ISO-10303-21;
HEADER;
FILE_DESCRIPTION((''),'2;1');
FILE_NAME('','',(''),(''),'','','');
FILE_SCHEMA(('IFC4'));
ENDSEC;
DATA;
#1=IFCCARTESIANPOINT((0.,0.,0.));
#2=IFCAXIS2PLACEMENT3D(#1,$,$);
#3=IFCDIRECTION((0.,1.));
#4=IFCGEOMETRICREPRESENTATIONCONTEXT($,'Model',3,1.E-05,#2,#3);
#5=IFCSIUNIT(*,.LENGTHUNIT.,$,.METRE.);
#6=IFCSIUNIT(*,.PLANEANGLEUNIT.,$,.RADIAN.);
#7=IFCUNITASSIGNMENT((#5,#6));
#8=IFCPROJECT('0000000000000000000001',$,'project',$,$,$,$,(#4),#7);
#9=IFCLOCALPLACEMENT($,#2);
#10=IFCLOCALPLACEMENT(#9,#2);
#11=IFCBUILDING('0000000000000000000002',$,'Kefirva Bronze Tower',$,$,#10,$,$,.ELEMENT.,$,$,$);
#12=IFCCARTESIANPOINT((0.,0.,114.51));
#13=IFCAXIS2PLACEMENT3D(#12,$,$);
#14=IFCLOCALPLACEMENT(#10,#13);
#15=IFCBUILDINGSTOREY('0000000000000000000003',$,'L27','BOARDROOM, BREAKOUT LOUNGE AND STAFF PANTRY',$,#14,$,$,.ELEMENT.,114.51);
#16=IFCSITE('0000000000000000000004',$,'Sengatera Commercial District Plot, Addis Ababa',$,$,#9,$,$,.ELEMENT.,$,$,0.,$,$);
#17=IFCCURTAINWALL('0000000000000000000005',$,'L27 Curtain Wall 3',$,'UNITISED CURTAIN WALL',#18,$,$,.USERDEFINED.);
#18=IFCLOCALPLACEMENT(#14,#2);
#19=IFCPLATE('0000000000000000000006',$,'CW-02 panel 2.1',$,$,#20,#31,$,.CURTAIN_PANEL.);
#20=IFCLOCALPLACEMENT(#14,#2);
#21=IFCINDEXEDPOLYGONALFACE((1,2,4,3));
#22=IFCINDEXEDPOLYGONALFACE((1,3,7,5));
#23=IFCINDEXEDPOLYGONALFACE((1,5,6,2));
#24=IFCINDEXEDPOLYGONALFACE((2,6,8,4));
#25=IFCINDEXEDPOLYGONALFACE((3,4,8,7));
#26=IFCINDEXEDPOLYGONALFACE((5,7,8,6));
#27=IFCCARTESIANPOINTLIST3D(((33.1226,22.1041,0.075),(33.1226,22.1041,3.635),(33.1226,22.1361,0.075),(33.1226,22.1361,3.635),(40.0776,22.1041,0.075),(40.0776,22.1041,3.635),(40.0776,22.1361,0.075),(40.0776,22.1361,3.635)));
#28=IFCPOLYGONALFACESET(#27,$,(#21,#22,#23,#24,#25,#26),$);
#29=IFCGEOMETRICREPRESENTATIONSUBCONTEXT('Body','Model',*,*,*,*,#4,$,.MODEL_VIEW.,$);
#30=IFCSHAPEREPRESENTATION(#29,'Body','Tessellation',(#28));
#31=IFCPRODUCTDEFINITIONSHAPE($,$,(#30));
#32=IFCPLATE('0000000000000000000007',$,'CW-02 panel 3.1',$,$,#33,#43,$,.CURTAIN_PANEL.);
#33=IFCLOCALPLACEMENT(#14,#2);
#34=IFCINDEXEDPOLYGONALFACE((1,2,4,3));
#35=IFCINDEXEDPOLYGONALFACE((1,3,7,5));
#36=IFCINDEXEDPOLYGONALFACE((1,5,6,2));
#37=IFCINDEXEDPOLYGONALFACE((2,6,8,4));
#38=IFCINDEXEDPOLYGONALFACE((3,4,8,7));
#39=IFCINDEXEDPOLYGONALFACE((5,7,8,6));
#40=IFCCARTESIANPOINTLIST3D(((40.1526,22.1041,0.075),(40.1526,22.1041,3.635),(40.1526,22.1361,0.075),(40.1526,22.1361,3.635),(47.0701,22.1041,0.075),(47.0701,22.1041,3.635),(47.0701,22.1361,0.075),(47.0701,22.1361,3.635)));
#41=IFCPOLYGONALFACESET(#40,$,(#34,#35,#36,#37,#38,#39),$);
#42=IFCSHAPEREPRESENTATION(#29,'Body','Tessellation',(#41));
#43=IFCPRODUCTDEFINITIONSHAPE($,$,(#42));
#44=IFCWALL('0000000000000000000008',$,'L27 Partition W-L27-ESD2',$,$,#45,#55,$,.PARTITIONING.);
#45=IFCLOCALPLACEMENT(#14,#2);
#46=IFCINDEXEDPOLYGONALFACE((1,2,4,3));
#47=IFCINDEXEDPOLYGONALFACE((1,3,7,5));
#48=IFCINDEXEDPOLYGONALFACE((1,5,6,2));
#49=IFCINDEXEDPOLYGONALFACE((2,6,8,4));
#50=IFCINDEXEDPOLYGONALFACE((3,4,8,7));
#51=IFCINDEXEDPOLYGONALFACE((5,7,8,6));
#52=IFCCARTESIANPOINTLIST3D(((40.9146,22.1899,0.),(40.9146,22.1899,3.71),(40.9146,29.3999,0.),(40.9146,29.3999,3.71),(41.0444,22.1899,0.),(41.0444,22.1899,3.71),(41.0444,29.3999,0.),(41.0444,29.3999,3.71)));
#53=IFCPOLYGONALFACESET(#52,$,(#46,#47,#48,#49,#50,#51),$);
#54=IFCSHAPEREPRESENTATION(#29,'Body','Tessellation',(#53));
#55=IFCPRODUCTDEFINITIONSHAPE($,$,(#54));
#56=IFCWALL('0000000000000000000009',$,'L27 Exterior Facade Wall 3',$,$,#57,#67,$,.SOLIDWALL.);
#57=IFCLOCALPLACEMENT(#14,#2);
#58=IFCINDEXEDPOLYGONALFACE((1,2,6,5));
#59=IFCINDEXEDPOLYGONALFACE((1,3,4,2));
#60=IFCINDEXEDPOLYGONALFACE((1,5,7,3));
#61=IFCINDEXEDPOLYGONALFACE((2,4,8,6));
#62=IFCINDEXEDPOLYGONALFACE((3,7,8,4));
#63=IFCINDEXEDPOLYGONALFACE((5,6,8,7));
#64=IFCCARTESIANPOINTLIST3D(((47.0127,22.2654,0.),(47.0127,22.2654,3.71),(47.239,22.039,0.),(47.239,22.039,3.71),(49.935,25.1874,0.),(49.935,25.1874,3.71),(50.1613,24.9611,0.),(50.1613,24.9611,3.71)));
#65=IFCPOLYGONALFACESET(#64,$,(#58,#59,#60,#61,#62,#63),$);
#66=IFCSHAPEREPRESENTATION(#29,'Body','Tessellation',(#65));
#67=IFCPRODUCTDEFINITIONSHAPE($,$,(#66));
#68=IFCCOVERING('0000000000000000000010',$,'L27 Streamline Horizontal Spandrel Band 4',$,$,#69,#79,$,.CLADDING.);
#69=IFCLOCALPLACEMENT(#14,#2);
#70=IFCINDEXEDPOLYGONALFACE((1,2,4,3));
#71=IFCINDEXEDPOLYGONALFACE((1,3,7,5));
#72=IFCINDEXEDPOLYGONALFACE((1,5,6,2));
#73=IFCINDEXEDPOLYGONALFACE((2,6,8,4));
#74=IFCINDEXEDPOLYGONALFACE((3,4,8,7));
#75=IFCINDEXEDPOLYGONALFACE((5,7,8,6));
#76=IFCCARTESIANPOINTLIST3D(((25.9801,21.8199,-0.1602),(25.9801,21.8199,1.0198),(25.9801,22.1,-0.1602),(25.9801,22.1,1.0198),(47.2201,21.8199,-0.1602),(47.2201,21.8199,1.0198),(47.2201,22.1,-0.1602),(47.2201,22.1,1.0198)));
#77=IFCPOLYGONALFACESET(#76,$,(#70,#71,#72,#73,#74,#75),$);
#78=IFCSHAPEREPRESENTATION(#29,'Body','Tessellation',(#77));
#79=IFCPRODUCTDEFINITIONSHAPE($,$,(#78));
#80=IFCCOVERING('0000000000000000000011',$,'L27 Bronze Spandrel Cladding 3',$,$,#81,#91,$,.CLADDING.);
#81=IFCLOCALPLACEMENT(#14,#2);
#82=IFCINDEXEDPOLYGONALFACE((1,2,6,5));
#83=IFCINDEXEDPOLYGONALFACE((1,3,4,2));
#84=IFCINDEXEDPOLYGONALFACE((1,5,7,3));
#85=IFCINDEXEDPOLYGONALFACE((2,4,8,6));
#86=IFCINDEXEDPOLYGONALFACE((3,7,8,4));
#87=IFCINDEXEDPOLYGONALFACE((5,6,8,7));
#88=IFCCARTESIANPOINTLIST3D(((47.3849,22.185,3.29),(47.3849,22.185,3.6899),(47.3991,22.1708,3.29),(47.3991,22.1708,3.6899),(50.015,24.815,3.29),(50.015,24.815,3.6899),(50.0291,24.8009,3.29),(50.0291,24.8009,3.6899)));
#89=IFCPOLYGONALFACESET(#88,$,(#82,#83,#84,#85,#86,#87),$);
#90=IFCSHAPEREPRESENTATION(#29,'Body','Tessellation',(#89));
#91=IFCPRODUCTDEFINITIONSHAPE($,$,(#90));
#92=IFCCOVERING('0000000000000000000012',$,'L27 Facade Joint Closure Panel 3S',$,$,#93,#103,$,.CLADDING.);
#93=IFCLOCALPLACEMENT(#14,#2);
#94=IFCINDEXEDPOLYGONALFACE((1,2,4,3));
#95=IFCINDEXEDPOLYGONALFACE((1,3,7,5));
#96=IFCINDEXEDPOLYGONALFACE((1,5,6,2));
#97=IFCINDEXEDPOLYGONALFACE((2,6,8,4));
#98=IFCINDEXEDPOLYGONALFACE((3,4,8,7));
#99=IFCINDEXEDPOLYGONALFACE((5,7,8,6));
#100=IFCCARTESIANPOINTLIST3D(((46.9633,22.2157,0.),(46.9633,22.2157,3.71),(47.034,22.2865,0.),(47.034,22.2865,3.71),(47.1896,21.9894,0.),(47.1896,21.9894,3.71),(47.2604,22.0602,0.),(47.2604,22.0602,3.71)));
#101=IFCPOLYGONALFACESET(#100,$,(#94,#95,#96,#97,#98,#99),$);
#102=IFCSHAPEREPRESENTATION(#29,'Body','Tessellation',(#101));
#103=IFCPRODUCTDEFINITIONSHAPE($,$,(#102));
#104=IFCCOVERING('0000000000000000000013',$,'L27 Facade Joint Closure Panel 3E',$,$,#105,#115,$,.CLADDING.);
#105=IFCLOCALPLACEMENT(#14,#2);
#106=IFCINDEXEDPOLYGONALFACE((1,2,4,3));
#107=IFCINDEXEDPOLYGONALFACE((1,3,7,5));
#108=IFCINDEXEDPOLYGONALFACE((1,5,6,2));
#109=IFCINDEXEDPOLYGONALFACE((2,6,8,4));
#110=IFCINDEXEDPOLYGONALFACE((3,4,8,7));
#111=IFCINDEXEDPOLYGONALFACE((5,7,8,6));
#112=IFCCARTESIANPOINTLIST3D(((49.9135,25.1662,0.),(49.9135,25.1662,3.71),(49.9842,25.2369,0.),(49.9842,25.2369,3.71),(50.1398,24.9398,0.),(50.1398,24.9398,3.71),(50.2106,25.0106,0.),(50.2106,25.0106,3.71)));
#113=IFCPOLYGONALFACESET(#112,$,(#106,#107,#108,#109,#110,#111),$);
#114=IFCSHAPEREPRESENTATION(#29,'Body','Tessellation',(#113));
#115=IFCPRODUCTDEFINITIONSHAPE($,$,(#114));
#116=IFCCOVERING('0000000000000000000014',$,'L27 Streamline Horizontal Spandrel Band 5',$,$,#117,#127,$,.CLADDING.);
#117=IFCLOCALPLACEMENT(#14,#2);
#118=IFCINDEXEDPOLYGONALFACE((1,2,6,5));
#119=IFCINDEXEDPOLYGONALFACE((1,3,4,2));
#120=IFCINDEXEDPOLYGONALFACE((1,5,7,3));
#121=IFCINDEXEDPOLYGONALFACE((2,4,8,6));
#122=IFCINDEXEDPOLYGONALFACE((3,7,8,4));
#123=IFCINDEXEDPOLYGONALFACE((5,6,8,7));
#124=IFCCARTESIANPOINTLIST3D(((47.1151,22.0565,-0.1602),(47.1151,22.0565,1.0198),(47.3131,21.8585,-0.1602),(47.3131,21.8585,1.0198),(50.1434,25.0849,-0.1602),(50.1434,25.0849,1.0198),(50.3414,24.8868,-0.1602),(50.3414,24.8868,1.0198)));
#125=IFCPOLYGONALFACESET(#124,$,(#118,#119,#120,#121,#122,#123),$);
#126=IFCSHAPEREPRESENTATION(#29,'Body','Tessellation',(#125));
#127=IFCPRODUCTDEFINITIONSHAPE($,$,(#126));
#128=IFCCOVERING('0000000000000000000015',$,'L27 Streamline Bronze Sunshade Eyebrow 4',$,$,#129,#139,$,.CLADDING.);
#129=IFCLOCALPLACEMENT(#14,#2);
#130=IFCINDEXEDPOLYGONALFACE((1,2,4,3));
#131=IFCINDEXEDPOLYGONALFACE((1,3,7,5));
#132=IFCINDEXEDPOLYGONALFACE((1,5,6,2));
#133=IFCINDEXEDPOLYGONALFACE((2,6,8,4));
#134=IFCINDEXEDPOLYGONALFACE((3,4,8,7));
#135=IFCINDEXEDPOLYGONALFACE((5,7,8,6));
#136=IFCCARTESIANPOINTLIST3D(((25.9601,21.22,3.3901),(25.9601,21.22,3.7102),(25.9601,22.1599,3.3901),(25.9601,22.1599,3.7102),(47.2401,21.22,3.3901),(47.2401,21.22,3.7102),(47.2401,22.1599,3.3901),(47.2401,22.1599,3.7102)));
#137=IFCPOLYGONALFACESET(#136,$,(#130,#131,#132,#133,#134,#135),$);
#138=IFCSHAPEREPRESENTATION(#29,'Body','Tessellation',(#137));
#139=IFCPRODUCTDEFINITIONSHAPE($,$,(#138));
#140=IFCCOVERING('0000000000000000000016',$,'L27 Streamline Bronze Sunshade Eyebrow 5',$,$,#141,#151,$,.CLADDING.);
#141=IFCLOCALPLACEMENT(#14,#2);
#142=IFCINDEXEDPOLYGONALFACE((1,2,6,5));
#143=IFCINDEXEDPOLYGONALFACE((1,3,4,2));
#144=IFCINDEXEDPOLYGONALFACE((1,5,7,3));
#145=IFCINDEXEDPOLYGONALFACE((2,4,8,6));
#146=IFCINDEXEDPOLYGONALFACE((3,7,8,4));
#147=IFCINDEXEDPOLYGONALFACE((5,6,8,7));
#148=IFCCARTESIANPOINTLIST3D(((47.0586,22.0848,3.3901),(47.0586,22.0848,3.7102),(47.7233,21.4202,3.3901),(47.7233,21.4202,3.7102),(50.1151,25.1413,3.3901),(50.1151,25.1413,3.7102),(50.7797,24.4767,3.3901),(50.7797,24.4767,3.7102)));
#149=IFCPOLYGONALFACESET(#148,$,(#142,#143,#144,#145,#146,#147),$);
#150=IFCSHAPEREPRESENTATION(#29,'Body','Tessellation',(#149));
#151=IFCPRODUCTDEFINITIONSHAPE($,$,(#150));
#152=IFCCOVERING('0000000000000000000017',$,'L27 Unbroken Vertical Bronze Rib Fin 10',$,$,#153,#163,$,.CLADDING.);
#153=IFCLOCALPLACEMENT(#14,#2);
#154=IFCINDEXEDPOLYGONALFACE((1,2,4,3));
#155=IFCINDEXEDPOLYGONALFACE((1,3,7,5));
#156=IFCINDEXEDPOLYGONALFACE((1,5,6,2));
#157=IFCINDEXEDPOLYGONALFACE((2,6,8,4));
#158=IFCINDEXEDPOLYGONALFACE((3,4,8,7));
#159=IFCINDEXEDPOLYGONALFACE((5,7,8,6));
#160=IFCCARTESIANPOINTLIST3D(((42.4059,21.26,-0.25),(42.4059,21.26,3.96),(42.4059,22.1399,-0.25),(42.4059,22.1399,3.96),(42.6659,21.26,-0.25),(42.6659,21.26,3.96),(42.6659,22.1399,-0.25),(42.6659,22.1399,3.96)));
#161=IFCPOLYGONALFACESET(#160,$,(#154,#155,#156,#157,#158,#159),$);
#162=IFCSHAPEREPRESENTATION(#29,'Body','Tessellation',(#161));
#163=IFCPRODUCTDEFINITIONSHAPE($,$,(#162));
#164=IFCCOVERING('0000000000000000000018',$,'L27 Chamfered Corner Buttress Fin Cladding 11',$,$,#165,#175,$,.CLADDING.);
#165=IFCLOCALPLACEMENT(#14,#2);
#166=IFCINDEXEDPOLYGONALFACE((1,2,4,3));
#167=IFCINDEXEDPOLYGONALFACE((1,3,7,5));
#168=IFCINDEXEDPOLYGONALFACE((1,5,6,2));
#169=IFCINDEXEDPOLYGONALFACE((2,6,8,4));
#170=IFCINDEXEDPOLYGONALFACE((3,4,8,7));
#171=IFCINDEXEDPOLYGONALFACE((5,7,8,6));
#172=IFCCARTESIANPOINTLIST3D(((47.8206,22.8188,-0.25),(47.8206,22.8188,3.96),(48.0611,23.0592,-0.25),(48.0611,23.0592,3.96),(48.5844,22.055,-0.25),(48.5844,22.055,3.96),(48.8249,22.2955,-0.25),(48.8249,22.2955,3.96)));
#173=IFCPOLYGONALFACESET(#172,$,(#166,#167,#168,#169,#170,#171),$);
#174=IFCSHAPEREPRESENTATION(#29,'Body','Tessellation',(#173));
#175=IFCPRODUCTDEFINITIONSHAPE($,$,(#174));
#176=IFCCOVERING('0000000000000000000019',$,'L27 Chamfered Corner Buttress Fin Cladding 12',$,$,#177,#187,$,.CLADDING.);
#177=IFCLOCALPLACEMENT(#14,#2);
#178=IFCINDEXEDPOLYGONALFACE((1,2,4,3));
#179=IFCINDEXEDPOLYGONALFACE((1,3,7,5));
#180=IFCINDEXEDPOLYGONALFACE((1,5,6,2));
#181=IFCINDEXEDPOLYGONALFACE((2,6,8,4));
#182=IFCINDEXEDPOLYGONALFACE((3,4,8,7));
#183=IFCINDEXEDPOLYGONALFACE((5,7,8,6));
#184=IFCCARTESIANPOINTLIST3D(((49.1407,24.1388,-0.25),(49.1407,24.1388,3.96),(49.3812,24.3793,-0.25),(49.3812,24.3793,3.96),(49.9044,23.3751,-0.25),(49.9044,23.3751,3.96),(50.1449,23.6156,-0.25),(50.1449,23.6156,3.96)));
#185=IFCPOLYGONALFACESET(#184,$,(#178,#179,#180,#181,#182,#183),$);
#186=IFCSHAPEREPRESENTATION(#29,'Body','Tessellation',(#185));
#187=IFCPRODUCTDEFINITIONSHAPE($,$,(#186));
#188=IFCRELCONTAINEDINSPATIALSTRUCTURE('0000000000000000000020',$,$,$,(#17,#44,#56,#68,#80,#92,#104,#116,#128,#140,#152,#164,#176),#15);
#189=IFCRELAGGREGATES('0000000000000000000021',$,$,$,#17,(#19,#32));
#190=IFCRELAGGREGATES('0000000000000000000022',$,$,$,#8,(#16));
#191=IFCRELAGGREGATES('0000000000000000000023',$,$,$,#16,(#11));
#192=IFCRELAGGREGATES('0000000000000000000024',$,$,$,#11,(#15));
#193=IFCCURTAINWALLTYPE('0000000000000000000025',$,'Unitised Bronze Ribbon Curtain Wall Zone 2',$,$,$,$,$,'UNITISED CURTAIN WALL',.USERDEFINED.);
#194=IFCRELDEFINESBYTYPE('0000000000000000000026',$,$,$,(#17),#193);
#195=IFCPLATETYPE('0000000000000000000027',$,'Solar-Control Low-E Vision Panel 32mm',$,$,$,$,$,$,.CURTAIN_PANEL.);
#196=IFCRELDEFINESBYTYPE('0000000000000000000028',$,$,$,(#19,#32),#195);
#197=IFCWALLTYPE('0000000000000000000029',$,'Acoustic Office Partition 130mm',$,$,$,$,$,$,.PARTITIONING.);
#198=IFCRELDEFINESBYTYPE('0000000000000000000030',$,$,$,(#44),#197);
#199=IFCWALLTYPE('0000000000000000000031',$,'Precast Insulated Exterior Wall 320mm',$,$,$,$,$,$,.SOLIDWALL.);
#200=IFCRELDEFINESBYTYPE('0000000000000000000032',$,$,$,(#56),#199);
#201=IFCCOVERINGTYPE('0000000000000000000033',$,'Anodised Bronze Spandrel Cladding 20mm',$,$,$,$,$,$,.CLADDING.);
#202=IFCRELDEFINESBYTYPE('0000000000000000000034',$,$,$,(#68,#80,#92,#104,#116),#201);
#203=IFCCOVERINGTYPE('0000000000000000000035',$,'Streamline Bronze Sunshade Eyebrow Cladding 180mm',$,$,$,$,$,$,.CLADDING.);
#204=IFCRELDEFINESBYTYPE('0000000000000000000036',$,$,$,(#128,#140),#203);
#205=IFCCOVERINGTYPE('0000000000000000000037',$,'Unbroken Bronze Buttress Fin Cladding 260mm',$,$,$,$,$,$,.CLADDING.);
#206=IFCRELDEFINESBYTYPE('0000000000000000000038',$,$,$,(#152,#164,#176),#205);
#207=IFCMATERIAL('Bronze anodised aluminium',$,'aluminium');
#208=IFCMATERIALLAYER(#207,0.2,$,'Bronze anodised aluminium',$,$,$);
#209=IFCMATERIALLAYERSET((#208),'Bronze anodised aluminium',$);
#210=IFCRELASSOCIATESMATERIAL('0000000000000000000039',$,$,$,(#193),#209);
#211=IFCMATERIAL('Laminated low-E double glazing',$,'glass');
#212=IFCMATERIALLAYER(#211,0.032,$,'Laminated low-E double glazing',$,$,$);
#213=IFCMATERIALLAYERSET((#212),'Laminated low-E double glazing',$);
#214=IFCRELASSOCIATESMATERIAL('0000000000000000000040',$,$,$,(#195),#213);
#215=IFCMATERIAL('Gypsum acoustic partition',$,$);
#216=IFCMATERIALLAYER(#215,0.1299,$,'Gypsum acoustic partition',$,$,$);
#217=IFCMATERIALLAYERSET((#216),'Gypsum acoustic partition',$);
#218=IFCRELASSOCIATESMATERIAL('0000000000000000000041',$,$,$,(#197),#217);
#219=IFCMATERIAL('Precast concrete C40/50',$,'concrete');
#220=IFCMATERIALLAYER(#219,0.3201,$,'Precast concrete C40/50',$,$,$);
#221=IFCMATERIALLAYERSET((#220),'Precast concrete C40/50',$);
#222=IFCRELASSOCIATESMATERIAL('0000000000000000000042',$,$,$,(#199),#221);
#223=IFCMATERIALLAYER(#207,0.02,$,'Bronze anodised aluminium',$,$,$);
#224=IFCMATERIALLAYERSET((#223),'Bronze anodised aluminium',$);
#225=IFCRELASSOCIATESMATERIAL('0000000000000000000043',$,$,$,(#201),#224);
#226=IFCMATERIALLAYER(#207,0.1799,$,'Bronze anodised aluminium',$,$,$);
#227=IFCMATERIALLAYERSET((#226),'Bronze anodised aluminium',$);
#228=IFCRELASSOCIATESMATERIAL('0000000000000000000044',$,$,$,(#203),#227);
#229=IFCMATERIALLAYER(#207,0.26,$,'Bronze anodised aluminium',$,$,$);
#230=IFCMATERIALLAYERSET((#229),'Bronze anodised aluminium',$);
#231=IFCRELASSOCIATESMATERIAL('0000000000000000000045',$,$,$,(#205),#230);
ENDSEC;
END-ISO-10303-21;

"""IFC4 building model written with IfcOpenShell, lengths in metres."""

from ifc_helpers import new_model, si_unit, direction, frame, frame_2d, origin, origin_2d, place, context, subcontext, project, spatial, rectangle, extrude, material, layer, layer_set, type_object, element, aggregate, save


model = new_model("IFC4")

# Units and contexts
model_context = context("Model", 3, precision=1e-05, world=origin(), true_north=direction((0.0, 1.0)))
body_context = subcontext(model_context, "Body", "Model", "MODEL_VIEW")
ifc_project = project(units=[si_unit("LENGTHUNIT", "METRE"), si_unit("PLANEANGLEUNIT", "RADIAN")], contexts=[model_context])

# Site, building, storey
site_placement = place(None, origin())
site = spatial("IfcSite", under=ifc_project, at=site_placement, Name="Sengatera Commercial District Plot, Addis Ababa", CompositionType="ELEMENT", RefElevation=0.0)
building_placement = place(site_placement, origin())
building = spatial("IfcBuilding", under=site, at=building_placement, Name="Kefirva Bronze Tower", CompositionType="ELEMENT")
storey_placement = place(building_placement, frame((0.0, 0.0, 114.51)))
storey = spatial("IfcBuildingStorey", under=building, at=storey_placement, Name="L27", Description="BOARDROOM, BREAKOUT LOUNGE AND STAFF PANTRY", CompositionType="ELEMENT", Elevation=114.51)

# Curtain wall
ifc_material_1 = material(Name="Bronze anodised aluminium", Category="aluminium")
ifc_layer_1 = layer(ifc_material_1, 0.2, Name="Bronze anodised aluminium")
ifc_layer_set_1 = layer_set([ifc_layer_1], Name="Bronze anodised aluminium")
curtain_wall_type = type_object("IfcCurtainWallType", Name="Unitised Bronze Ribbon Curtain Wall Zone 2", ElementType="UNITISED CURTAIN WALL", PredefinedType="USERDEFINED", material=ifc_layer_set_1)
curtain_wall_1_placement = place(storey_placement, origin())
curtain_wall_1 = element("IfcCurtainWall", 1, at=curtain_wall_1_placement, inside=storey, type_object=curtain_wall_type, Name="L27 Curtain Wall 3", ObjectType="UNITISED CURTAIN WALL", PredefinedType="USERDEFINED")

# Plates
ifc_material_2 = material(Name="Laminated low-E double glazing", Category="glass")
ifc_layer_2 = layer(ifc_material_2, 0.032, Name="Laminated low-E double glazing")
ifc_layer_set_2 = layer_set([ifc_layer_2], Name="Laminated low-E double glazing")
plate_type = type_object("IfcPlateType", Name="Solar-Control Low-E Vision Panel 32mm", PredefinedType="CURTAIN_PANEL", material=ifc_layer_set_2)
plate_1_placement = place(storey_placement, frame((36.6001, 22.1201, 0.075), z_axis=(0.0, 0.0, 1.0), x_axis=(1.0, 0.0, 0.0)))
plate_1 = element("IfcPlate", 2, at=plate_1_placement, type_object=plate_type, Name="CW-02 panel 2.1", PredefinedType="CURTAIN_PANEL", context=body_context, shape_type="SweptSolid", body=[
    extrude(rectangle(XDim=6.9551, YDim=0.032, at=origin_2d()), origin(), (0.0, 0.0, 1.0), 3.5601),
])
plate_2_placement = place(storey_placement, frame((43.6113, 22.1201, 0.075), z_axis=(0.0, 0.0, 1.0), x_axis=(1.0, 0.0, 0.0)))
plate_2 = element("IfcPlate", 3, at=plate_2_placement, type_object=plate_type, Name="CW-02 panel 3.1", PredefinedType="CURTAIN_PANEL", context=body_context, shape_type="SweptSolid", body=[
    extrude(rectangle(XDim=6.9175, YDim=0.032, at=origin_2d()), origin(), (0.0, 0.0, 1.0), 3.5601),
])
aggregate(curtain_wall_1, [plate_1, plate_2])

# Walls
ifc_material_3 = material(Name="Gypsum acoustic partition")
ifc_layer_3 = layer(ifc_material_3, 0.1299, Name="Gypsum acoustic partition")
ifc_layer_set_3 = layer_set([ifc_layer_3], Name="Gypsum acoustic partition")
wall_type_1 = type_object("IfcWallType", Name="Acoustic Office Partition 130mm", PredefinedType="PARTITIONING", material=ifc_layer_set_3)
wall_1_placement = place(storey_placement, frame((40.9795, 22.1899, 0.0), z_axis=(0.0, 0.0, 1.0), x_axis=(0.0, 1.0, 0.0)))
element("IfcWall", 4, at=wall_1_placement, inside=storey, type_object=wall_type_1, Name="L27 Partition W-L27-ESD2", PredefinedType="PARTITIONING", context=body_context, shape_type="SweptSolid", body=[
    extrude(rectangle(XDim=7.21, YDim=0.1299, at=frame_2d((3.605, 0.0))), origin(), (0.0, 0.0, 1.0), 3.71),
])
ifc_material_4 = material(Name="Precast concrete C40/50", Category="concrete")
ifc_layer_4 = layer(ifc_material_4, 0.3201, Name="Precast concrete C40/50")
ifc_layer_set_4 = layer_set([ifc_layer_4], Name="Precast concrete C40/50")
wall_type_2 = type_object("IfcWallType", Name="Precast Insulated Exterior Wall 320mm", PredefinedType="SOLIDWALL", material=ifc_layer_set_4)
wall_2_placement = place(storey_placement, frame((47.1257, 22.1521, 0.0), z_axis=(0.0, 0.0, 1.0), x_axis=(0.707136, 0.707077, 0.0)))
element("IfcWall", 5, at=wall_2_placement, inside=storey, type_object=wall_type_2, Name="L27 Exterior Facade Wall 3", PredefinedType="SOLIDWALL", context=body_context, shape_type="SweptSolid", body=[
    extrude(rectangle(XDim=4.1326, YDim=0.3201, at=frame_2d((2.0664, 0.0))), origin(), (0.0, 0.0, 1.0), 3.71),
])

# Coverings
ifc_layer_5 = layer(ifc_material_1, 0.02, Name="Bronze anodised aluminium")
ifc_layer_set_5 = layer_set([ifc_layer_5], Name="Bronze anodised aluminium")
covering_type_1 = type_object("IfcCoveringType", Name="Anodised Bronze Spandrel Cladding 20mm", PredefinedType="CLADDING", material=ifc_layer_set_5)
covering_1_placement = place(storey_placement, frame((36.6001, 21.96, -0.1602), z_axis=(0.0, 0.0, 1.0), x_axis=(1.0, 0.0, 0.0)))
element("IfcCovering", 6, at=covering_1_placement, inside=storey, type_object=covering_type_1, Name="L27 Streamline Horizontal Spandrel Band 4", PredefinedType="CLADDING", context=body_context, shape_type="SweptSolid", body=[
    extrude(rectangle(XDim=21.24, YDim=0.28, at=origin_2d()), origin(), (0.0, 0.0, 1.0), 1.1799),
])
covering_2_placement = place(storey_placement, frame((48.707, 23.4929, 3.29), z_axis=(0.0, 0.0, 1.0), x_axis=(0.707107, 0.707107, 0.0)))
element("IfcCovering", 7, at=covering_2_placement, inside=storey, type_object=covering_type_1, Name="L27 Bronze Spandrel Cladding 3", PredefinedType="CLADDING", context=body_context, shape_type="SweptSolid", body=[
    extrude(rectangle(XDim=3.7195, YDim=0.02, at=origin_2d()), origin(), (0.0, 0.0, 1.0), 0.3999),
])
for number, where, z_axis, x_axis, name in (
    (8, (47.1118, 22.1379, 0.0), (0.0, 0.0, 1.0), (0.707107, 0.707107, 0.0), "L27 Facade Joint Closure Panel 3S"),
    (9, (50.062, 25.0884, 0.0), (0.0, 0.0, 1.0), (0.707107, 0.707107, 0.0), "L27 Facade Joint Closure Panel 3E"),
):
    element("IfcCovering", number, at=place(storey_placement, frame(where, z_axis=z_axis, x_axis=x_axis)), inside=storey, type_object=covering_type_1, Name=name, PredefinedType="CLADDING", context=body_context, shape_type="SweptSolid", body=[
        extrude(rectangle(XDim=0.1001, YDim=0.3201, at=origin_2d()), origin(), (0.0, 0.0, 1.0), 3.71),
    ])
covering_3_placement = place(storey_placement, frame((48.7283, 23.4717, -0.1602), z_axis=(0.0, 0.0, 1.0), x_axis=(0.707107, 0.707107, 0.0)))
element("IfcCovering", 10, at=covering_3_placement, inside=storey, type_object=covering_type_1, Name="L27 Streamline Horizontal Spandrel Band 5", PredefinedType="CLADDING", context=body_context, shape_type="SweptSolid", body=[
    extrude(rectangle(XDim=4.2827, YDim=0.28, at=origin_2d()), origin(), (0.0, 0.0, 1.0), 1.1799),
])
ifc_layer_6 = layer(ifc_material_1, 0.1799, Name="Bronze anodised aluminium")
ifc_layer_set_6 = layer_set([ifc_layer_6], Name="Bronze anodised aluminium")
covering_type_2 = type_object("IfcCoveringType", Name="Streamline Bronze Sunshade Eyebrow Cladding 180mm", PredefinedType="CLADDING", material=ifc_layer_set_6)
covering_4_placement = place(storey_placement, frame((36.6001, 21.6899, 3.3901), z_axis=(0.0, 0.0, 1.0), x_axis=(1.0, 0.0, 0.0)))
element("IfcCovering", 11, at=covering_4_placement, inside=storey, type_object=covering_type_2, Name="L27 Streamline Bronze Sunshade Eyebrow 4", PredefinedType="CLADDING", context=body_context, shape_type="SweptSolid", body=[
    extrude(rectangle(XDim=21.28, YDim=0.9399, at=origin_2d()), origin(), (0.0, 0.0, 1.0), 0.3201),
])
covering_5_placement = place(storey_placement, frame((48.9192, 23.2808, 3.3901), z_axis=(0.0, 0.0, 1.0), x_axis=(0.707107, 0.707107, 0.0)))
element("IfcCovering", 12, at=covering_5_placement, inside=storey, type_object=covering_type_2, Name="L27 Streamline Bronze Sunshade Eyebrow 5", PredefinedType="CLADDING", context=body_context, shape_type="SweptSolid", body=[
    extrude(rectangle(XDim=4.3225, YDim=0.9399, at=origin_2d()), origin(), (0.0, 0.0, 1.0), 0.3201),
])
ifc_layer_7 = layer(ifc_material_1, 0.26, Name="Bronze anodised aluminium")
ifc_layer_set_7 = layer_set([ifc_layer_7], Name="Bronze anodised aluminium")
covering_type_3 = type_object("IfcCoveringType", Name="Unbroken Bronze Buttress Fin Cladding 260mm", PredefinedType="CLADDING", material=ifc_layer_set_7)
covering_6_placement = place(storey_placement, frame((42.5359, 21.7, -0.25), z_axis=(0.0, 0.0, 1.0), x_axis=(1.0, 0.0, 0.0)))
element("IfcCovering", 13, at=covering_6_placement, inside=storey, type_object=covering_type_3, Name="L27 Unbroken Vertical Bronze Rib Fin 10", PredefinedType="CLADDING", context=body_context, shape_type="SweptSolid", body=[
    extrude(rectangle(XDim=0.26, YDim=0.8799, at=origin_2d()), origin(), (0.0, 0.0, 1.0), 4.21),
])
for number, where, z_axis, x_axis, name in (
    (14, (48.3228, 22.5571, -0.25), (0.0, 0.0, 1.0), (0.707107, 0.707107, 0.0), "L27 Chamfered Corner Buttress Fin Cladding 11"),
    (15, (49.6428, 23.8772, -0.25), (0.0, 0.0, 1.0), (0.707107, 0.707107, 0.0), "L27 Chamfered Corner Buttress Fin Cladding 12"),
):
    element("IfcCovering", number, at=place(storey_placement, frame(where, z_axis=z_axis, x_axis=x_axis)), inside=storey, type_object=covering_type_3, Name=name, PredefinedType="CLADDING", context=body_context, shape_type="SweptSolid", body=[
        extrude(rectangle(XDim=0.3401, YDim=1.0801, at=origin_2d()), origin(), (0.0, 0.0, 1.0), 4.21),
    ])

save(model, "model.ifc")
